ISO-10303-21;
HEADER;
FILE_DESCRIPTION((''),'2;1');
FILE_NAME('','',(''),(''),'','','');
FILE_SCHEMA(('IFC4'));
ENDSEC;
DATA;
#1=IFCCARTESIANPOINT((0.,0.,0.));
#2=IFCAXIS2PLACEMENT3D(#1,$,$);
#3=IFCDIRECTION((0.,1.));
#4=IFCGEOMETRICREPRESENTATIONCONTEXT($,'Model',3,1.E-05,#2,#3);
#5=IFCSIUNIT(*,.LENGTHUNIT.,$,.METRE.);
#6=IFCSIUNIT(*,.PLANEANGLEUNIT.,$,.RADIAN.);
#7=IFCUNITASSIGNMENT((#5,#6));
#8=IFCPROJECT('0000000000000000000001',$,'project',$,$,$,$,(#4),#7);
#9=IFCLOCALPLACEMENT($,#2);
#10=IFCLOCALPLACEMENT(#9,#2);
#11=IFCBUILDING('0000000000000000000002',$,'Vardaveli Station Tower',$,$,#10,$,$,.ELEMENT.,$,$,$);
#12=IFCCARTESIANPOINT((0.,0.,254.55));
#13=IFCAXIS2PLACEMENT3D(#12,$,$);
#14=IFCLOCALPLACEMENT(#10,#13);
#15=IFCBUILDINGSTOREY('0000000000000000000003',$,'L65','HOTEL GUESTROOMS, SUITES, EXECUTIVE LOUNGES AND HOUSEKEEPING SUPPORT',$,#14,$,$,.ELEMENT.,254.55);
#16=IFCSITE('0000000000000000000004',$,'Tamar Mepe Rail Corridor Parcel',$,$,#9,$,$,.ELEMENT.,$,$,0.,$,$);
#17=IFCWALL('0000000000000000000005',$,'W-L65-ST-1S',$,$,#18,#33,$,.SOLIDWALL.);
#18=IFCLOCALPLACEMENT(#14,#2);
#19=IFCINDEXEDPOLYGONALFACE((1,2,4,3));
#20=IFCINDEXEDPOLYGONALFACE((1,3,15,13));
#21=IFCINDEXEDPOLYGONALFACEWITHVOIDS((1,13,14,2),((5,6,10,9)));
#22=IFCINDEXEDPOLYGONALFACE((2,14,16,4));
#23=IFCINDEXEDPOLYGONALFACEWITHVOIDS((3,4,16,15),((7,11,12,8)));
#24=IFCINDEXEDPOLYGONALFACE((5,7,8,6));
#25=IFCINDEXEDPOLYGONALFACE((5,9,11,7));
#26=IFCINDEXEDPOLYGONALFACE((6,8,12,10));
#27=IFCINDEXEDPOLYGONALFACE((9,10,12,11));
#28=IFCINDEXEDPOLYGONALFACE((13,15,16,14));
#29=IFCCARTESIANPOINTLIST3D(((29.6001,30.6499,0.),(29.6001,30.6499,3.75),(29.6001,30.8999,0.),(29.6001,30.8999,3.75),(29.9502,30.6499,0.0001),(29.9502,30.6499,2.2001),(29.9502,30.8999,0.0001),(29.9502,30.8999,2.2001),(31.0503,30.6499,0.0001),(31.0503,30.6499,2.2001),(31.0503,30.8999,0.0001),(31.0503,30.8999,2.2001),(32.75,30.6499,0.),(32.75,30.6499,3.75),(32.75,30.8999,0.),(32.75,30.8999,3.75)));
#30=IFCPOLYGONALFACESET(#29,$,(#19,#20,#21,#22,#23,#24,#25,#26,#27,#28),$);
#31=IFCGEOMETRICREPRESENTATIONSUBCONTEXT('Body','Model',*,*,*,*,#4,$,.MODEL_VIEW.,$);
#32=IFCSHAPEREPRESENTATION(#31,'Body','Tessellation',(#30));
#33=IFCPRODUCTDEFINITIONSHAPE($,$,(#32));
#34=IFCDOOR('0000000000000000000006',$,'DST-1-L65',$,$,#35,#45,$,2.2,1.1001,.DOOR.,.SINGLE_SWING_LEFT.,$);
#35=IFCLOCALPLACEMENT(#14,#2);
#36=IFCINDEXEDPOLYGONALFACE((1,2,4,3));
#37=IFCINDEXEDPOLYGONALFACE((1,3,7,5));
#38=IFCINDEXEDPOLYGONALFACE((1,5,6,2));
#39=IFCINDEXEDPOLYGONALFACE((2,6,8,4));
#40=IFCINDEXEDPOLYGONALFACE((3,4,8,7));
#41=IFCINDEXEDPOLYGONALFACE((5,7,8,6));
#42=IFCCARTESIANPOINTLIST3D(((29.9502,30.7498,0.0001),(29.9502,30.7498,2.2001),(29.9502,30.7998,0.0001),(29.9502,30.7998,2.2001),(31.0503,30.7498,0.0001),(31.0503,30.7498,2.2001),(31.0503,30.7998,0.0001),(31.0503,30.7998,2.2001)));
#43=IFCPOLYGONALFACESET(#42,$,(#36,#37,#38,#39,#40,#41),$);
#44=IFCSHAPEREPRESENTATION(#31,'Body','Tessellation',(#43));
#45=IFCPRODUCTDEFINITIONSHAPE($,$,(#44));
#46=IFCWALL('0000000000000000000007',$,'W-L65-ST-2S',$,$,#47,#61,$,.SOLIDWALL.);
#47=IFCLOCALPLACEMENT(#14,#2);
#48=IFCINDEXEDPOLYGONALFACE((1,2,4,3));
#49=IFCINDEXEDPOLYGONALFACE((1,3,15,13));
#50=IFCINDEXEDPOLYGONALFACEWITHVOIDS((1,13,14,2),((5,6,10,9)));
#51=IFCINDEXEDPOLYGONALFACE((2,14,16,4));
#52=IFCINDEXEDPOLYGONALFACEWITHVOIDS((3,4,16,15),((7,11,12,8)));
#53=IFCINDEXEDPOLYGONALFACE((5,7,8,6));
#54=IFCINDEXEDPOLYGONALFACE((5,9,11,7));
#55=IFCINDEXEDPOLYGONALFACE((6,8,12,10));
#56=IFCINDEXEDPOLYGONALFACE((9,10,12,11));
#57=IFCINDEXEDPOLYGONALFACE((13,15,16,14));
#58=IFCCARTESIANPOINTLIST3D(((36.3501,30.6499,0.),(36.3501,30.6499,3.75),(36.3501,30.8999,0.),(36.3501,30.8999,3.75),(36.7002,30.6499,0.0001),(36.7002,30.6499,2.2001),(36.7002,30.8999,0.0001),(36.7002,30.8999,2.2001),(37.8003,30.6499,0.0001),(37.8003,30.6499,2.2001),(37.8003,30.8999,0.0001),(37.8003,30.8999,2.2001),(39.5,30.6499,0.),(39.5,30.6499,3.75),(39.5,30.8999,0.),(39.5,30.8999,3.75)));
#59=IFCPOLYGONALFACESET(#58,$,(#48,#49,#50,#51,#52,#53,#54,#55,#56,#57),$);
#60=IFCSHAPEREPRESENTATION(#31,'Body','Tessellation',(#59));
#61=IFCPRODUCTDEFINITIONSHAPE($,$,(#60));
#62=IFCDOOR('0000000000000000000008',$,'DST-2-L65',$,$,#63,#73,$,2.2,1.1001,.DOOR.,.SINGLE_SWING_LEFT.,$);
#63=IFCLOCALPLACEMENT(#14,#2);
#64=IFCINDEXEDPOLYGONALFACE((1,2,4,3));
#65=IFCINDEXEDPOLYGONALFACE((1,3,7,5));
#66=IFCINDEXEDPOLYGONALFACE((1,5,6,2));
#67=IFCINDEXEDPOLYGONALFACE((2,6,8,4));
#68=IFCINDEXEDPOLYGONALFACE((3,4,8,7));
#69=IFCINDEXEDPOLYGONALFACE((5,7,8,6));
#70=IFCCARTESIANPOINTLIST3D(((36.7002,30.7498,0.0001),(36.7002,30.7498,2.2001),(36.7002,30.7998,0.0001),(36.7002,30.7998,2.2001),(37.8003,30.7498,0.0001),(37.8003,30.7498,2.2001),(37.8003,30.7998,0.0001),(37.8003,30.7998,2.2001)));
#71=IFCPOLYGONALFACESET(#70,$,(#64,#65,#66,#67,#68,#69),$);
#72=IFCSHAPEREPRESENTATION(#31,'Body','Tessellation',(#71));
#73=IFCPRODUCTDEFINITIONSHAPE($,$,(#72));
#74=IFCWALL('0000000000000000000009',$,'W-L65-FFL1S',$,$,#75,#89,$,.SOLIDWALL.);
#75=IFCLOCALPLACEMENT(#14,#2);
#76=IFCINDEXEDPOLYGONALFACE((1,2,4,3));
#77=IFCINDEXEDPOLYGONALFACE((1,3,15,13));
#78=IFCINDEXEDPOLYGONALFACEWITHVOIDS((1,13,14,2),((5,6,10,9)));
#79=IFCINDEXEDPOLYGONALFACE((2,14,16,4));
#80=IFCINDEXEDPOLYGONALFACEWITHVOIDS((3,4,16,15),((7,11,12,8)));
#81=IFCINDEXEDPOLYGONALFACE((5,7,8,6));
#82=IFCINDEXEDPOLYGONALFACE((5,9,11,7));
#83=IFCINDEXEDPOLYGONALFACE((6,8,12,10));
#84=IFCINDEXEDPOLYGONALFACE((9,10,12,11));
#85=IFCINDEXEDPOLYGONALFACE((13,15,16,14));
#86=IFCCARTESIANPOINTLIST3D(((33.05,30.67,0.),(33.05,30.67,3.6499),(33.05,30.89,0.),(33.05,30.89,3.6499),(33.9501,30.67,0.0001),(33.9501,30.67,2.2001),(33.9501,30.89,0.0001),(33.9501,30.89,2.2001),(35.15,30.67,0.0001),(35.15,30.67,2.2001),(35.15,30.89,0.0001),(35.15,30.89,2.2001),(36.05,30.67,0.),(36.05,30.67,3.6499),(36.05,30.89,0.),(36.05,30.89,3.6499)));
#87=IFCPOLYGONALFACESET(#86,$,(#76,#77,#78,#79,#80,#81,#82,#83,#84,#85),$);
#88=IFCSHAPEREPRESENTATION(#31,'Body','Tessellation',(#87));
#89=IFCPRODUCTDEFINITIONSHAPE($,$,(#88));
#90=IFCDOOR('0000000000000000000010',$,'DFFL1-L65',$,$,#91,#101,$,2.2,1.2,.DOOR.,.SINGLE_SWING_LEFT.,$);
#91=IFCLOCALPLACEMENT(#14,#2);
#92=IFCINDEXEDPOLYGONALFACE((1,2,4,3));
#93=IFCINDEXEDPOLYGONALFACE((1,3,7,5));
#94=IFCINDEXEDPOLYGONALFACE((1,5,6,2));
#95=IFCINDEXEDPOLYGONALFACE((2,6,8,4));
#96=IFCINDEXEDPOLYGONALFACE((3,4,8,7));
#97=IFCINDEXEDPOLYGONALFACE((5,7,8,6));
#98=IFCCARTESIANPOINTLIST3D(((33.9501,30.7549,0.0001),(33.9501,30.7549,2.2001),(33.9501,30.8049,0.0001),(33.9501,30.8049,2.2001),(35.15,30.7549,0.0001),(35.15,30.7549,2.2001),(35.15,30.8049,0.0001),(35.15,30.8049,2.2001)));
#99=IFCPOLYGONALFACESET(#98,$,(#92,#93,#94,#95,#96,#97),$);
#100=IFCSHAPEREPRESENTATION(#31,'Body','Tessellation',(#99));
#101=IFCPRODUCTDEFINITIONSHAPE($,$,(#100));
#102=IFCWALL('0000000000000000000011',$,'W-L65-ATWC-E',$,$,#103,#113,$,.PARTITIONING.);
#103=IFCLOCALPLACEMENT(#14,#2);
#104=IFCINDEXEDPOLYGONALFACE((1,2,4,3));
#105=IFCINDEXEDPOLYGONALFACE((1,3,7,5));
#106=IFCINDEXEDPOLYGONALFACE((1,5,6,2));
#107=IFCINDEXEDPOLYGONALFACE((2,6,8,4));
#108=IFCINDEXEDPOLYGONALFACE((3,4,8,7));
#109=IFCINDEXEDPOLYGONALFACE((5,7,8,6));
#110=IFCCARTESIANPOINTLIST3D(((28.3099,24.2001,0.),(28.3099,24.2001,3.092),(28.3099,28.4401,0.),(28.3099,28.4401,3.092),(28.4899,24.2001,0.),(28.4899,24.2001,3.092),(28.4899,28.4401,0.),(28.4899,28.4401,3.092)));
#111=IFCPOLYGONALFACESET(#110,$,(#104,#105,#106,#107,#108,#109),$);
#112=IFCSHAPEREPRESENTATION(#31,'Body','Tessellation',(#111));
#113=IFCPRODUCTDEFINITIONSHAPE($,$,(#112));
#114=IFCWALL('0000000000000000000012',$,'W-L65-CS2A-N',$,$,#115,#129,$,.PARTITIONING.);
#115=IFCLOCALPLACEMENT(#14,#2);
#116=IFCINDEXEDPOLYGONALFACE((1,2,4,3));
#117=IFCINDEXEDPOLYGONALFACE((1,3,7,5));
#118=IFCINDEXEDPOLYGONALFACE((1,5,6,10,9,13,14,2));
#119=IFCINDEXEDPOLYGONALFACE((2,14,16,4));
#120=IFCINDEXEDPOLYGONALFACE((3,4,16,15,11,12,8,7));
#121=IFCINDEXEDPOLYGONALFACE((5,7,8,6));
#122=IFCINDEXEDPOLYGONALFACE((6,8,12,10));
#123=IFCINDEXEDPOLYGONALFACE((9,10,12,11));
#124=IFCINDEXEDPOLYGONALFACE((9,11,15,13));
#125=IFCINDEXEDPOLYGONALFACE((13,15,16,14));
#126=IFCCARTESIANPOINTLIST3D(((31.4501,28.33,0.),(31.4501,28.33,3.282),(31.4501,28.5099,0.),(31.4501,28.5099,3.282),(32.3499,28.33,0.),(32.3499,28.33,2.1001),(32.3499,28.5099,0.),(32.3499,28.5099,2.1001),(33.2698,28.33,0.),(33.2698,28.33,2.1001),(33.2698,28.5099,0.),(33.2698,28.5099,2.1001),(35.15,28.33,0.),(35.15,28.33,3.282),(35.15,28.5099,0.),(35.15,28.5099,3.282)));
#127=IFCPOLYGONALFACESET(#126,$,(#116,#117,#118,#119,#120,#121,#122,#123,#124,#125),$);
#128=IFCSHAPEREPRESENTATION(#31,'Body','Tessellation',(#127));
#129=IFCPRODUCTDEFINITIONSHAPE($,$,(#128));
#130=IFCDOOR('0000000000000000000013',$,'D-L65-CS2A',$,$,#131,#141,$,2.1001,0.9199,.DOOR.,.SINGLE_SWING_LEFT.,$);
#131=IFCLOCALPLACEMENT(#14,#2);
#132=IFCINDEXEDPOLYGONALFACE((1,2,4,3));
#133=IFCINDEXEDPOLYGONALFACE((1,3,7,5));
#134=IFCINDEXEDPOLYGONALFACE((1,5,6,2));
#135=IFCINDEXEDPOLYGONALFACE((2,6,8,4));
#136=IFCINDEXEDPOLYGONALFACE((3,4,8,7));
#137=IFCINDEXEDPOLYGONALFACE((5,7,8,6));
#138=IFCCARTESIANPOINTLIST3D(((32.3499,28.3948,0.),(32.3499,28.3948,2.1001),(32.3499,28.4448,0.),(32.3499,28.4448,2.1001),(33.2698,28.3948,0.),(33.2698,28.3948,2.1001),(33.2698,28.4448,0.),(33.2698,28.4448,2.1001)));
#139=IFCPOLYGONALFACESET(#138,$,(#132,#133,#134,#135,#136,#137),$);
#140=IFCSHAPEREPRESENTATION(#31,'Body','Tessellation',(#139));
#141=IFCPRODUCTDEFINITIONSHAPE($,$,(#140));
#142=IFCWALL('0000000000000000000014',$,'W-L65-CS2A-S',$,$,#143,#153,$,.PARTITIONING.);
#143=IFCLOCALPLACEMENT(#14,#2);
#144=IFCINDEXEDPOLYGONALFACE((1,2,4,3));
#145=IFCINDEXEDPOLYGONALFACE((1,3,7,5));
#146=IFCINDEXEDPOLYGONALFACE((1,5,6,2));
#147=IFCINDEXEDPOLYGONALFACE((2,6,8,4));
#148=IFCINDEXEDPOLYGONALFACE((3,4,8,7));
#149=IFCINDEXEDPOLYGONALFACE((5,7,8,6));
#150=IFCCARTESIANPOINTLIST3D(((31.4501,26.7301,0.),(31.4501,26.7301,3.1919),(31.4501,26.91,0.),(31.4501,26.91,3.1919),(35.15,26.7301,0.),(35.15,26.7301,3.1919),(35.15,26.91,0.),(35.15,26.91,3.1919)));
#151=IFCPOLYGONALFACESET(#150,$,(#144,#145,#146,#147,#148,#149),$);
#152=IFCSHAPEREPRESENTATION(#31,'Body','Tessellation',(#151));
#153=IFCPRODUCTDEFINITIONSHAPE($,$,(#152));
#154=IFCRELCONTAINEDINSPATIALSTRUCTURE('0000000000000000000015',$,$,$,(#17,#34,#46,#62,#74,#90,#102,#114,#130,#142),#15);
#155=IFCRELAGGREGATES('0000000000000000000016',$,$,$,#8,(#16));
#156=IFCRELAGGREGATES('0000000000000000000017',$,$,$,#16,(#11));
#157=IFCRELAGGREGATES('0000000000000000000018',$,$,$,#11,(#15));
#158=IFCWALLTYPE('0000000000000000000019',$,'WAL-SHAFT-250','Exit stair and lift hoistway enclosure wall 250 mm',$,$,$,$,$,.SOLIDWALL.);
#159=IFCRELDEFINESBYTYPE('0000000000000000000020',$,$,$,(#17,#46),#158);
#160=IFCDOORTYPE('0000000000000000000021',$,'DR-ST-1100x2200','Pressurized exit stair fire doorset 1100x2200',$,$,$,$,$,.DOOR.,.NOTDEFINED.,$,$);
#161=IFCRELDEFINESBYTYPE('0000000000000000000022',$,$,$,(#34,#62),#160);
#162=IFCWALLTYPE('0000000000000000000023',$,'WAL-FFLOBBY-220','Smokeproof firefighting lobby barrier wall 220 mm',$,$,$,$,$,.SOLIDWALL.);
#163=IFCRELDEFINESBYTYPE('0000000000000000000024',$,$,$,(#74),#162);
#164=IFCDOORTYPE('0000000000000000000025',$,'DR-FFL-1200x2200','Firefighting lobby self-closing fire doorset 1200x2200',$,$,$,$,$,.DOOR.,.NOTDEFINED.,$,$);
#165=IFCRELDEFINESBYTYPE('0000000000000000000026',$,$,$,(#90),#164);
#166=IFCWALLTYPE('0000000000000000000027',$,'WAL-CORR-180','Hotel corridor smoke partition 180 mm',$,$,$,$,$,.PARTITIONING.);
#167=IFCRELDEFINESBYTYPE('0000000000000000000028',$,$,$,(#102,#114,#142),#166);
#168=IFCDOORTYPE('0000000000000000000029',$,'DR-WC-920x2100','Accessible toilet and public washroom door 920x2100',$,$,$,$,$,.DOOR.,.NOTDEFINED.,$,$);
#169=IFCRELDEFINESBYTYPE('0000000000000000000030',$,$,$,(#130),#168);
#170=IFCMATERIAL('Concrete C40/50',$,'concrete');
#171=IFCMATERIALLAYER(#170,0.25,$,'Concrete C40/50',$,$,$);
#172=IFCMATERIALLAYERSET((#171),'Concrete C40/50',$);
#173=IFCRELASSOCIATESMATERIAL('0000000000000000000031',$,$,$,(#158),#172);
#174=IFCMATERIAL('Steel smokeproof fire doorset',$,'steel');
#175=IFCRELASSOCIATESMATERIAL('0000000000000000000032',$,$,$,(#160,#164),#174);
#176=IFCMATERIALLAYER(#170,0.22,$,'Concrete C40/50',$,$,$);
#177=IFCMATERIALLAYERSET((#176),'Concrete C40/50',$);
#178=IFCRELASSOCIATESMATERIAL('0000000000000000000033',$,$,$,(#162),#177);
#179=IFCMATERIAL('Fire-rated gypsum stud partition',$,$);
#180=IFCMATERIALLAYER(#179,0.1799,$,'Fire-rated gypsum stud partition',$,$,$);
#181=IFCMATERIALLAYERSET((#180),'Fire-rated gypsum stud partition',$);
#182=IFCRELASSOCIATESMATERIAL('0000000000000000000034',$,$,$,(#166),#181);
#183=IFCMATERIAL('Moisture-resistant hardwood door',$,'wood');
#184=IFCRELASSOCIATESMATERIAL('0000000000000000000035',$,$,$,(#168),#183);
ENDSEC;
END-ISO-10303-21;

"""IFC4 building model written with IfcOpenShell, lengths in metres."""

from ifc_helpers import new_model, si_unit, direction, frame, frame_2d, origin, place, context, subcontext, project, spatial, rectangle, extrude, source, transform, mapped, material, layer, layer_set, type_object, element, fill, save


model = new_model("IFC4")

# Units and contexts
model_context = context("Model", 3, precision=1e-05, world=origin(), true_north=direction((0.0, 1.0)))
body_context = subcontext(model_context, "Body", "Model", "MODEL_VIEW")
ifc_project = project(units=[si_unit("LENGTHUNIT", "METRE"), si_unit("PLANEANGLEUNIT", "RADIAN")], contexts=[model_context])

# Site, building, storey
site_placement = place(None, origin())
site = spatial("IfcSite", under=ifc_project, at=site_placement, Name="Tamar Mepe Rail Corridor Parcel", CompositionType="ELEMENT", RefElevation=0.0)
building_placement = place(site_placement, origin())
building = spatial("IfcBuilding", under=site, at=building_placement, Name="Vardaveli Station Tower", CompositionType="ELEMENT")
storey_placement = place(building_placement, frame((0.0, 0.0, 254.55)))
storey = spatial("IfcBuildingStorey", under=building, at=storey_placement, Name="L65", Description="HOTEL GUESTROOMS, SUITES, EXECUTIVE LOUNGES AND HOUSEKEEPING SUPPORT", CompositionType="ELEMENT", Elevation=254.55)

# Shared definitions
ifc_material_1 = material(Name="Concrete C40/50", Category="concrete")
ifc_layer_1 = layer(ifc_material_1, 0.25, Name="Concrete C40/50")
ifc_layer_set_1 = layer_set([ifc_layer_1], Name="Concrete C40/50")
wall_type_1 = type_object("IfcWallType", Name="WAL-SHAFT-250", Description="Exit stair and lift hoistway enclosure wall 250 mm", PredefinedType="SOLIDWALL", material=ifc_layer_set_1)

# Walls, openings, doors
shared_shape_1 = source(origin(), body_context, "Body", "SweptSolid", [
    extrude(rectangle(XDim=3.1499, YDim=0.25, at=frame_2d((1.575, 0.0))), origin(), (0.0, 0.0, 1.0), 3.75),
])
wall_1_placement = place(storey_placement, frame((29.6001, 30.7749, 0.0), z_axis=(0.0, 0.0, 1.0), x_axis=(1.0, 0.0, 0.0)))
wall_1 = element("IfcWall", 1, at=wall_1_placement, inside=storey, type_object=wall_type_1, Name="W-L65-ST-1S", PredefinedType="SOLIDWALL", context=body_context, shape_type="MappedRepresentation", body=[
    mapped(shared_shape_1, transform((0.0, 0.0, 0.0), scale=1.0)),
])
shared_shape_2 = source(origin(), body_context, "Body", "SweptSolid", [
    extrude(rectangle(XDim=1.1001, YDim=2.2, at=frame_2d((0.55, 1.1001))), frame((0.0, 0.135, 0.0), z_axis=(0.0, -1.0, 0.0), x_axis=(1.0, 0.0, 0.0)), (0.0, 0.0, 1.0), 0.27),
])
opening_1_placement = place(wall_1_placement, frame((0.3501, 0.0, 0.0)))
opening_1 = element("IfcOpeningElement", 2, at=opening_1_placement, cuts=wall_1, PredefinedType="OPENING", context=body_context, shape_type="MappedRepresentation", body=[
    mapped(shared_shape_2, transform((0.0, 0.0, 0.0), scale=1.0)),
])
ifc_material_2 = material(Name="Steel smokeproof fire doorset", Category="steel")
door_type_1 = type_object("IfcDoorType", Name="DR-ST-1100x2200", Description="Pressurized exit stair fire doorset 1100x2200", OperationType="NOTDEFINED", PredefinedType="DOOR", material=ifc_material_2)
shared_shape_3 = source(origin(), body_context, "Body", "SweptSolid", [
    extrude(rectangle(XDim=1.1001, YDim=2.2, at=frame_2d((0.55, 1.1001))), frame((0.0, 0.0249, 0.0), z_axis=(0.0, -1.0, 0.0), x_axis=(1.0, 0.0, 0.0)), (0.0, 0.0, 1.0), 0.05),
])
door_1_placement = place(opening_1_placement, origin())
door_1 = element("IfcDoor", 3, at=door_1_placement, inside=storey, type_object=door_type_1, Name="DST-1-L65", OperationType="SINGLE_SWING_LEFT", OverallHeight=2.2, OverallWidth=1.1001, PredefinedType="DOOR", context=body_context, shape_type="MappedRepresentation", body=[
    mapped(shared_shape_3, transform((0.0, 0.0, 0.0), scale=1.0)),
])
fill(opening_1, door_1)
wall_2_placement = place(storey_placement, frame((36.3501, 30.7749, 0.0), z_axis=(0.0, 0.0, 1.0), x_axis=(1.0, 0.0, 0.0)))
wall_2 = element("IfcWall", 4, at=wall_2_placement, inside=storey, type_object=wall_type_1, Name="W-L65-ST-2S", PredefinedType="SOLIDWALL", context=body_context, shape_type="MappedRepresentation", body=[
    mapped(shared_shape_1, transform((0.0, 0.0, 0.0), scale=1.0)),
])
opening_2_placement = place(wall_2_placement, frame((0.3501, 0.0, 0.0)))
opening_2 = element("IfcOpeningElement", 5, at=opening_2_placement, cuts=wall_2, PredefinedType="OPENING", context=body_context, shape_type="MappedRepresentation", body=[
    mapped(shared_shape_2, transform((0.0, 0.0, 0.0), scale=1.0)),
])
door_2_placement = place(opening_2_placement, origin())
door_2 = element("IfcDoor", 6, at=door_2_placement, inside=storey, type_object=door_type_1, Name="DST-2-L65", OperationType="SINGLE_SWING_LEFT", OverallHeight=2.2, OverallWidth=1.1001, PredefinedType="DOOR", context=body_context, shape_type="MappedRepresentation", body=[
    mapped(shared_shape_3, transform((0.0, 0.0, 0.0), scale=1.0)),
])
fill(opening_2, door_2)
ifc_layer_2 = layer(ifc_material_1, 0.22, Name="Concrete C40/50")
ifc_layer_set_2 = layer_set([ifc_layer_2], Name="Concrete C40/50")
wall_type_2 = type_object("IfcWallType", Name="WAL-FFLOBBY-220", Description="Smokeproof firefighting lobby barrier wall 220 mm", PredefinedType="SOLIDWALL", material=ifc_layer_set_2)
shared_shape_4 = source(origin(), body_context, "Body", "SweptSolid", [
    extrude(rectangle(XDim=3.0, YDim=0.22, at=frame_2d((1.5, 0.0))), origin(), (0.0, 0.0, 1.0), 3.6499),
])
wall_3_placement = place(storey_placement, frame((33.05, 30.78, 0.0), z_axis=(0.0, 0.0, 1.0), x_axis=(1.0, 0.0, 0.0)))
wall_3 = element("IfcWall", 7, at=wall_3_placement, inside=storey, type_object=wall_type_2, Name="W-L65-FFL1S", PredefinedType="SOLIDWALL", context=body_context, shape_type="MappedRepresentation", body=[
    mapped(shared_shape_4, transform((0.0, 0.0, 0.0), scale=1.0)),
])
shared_shape_5 = source(origin(), body_context, "Body", "SweptSolid", [
    extrude(rectangle(XDim=1.2, YDim=2.2, at=frame_2d((0.6001, 1.1001))), frame((0.0, 0.1201, 0.0), z_axis=(0.0, -1.0, 0.0), x_axis=(1.0, 0.0, 0.0)), (0.0, 0.0, 1.0), 0.24),
])
opening_3_placement = place(wall_3_placement, frame((0.8999, 0.0, 0.0)))
opening_3 = element("IfcOpeningElement", 8, at=opening_3_placement, cuts=wall_3, PredefinedType="OPENING", context=body_context, shape_type="MappedRepresentation", body=[
    mapped(shared_shape_5, transform((0.0, 0.0, 0.0), scale=1.0)),
])
door_type_2 = type_object("IfcDoorType", Name="DR-FFL-1200x2200", Description="Firefighting lobby self-closing fire doorset 1200x2200", OperationType="NOTDEFINED", PredefinedType="DOOR", material=ifc_material_2)
shared_shape_6 = source(origin(), body_context, "Body", "SweptSolid", [
    extrude(rectangle(XDim=1.2, YDim=2.2, at=frame_2d((0.6001, 1.1001))), frame((0.0, 0.0249, 0.0), z_axis=(0.0, -1.0, 0.0), x_axis=(1.0, 0.0, 0.0)), (0.0, 0.0, 1.0), 0.05),
])
door_3_placement = place(opening_3_placement, origin())
door_3 = element("IfcDoor", 9, at=door_3_placement, inside=storey, type_object=door_type_2, Name="DFFL1-L65", OperationType="SINGLE_SWING_LEFT", OverallHeight=2.2, OverallWidth=1.2, PredefinedType="DOOR", context=body_context, shape_type="MappedRepresentation", body=[
    mapped(shared_shape_6, transform((0.0, 0.0, 0.0), scale=1.0)),
])
fill(opening_3, door_3)

# Wall
ifc_material_3 = material(Name="Fire-rated gypsum stud partition")
ifc_layer_3 = layer(ifc_material_3, 0.1799, Name="Fire-rated gypsum stud partition")
ifc_layer_set_3 = layer_set([ifc_layer_3], Name="Fire-rated gypsum stud partition")
wall_type_3 = type_object("IfcWallType", Name="WAL-CORR-180", Description="Hotel corridor smoke partition 180 mm", PredefinedType="PARTITIONING", material=ifc_layer_set_3)
shared_shape_7 = source(origin(), body_context, "Body", "SweptSolid", [
    extrude(rectangle(XDim=4.24, YDim=0.1799, at=frame_2d((2.1201, 0.0))), origin(), (0.0, 0.0, 1.0), 3.092),
])
wall_4_placement = place(storey_placement, frame((28.3999, 24.2, 0.0), z_axis=(0.0, 0.0, 1.0), x_axis=(0.0, 1.0, 0.0)))
element("IfcWall", 10, at=wall_4_placement, inside=storey, type_object=wall_type_3, Name="W-L65-ATWC-E", PredefinedType="PARTITIONING", context=body_context, shape_type="MappedRepresentation", body=[
    mapped(shared_shape_7, transform((0.0, 0.0, 0.0), scale=1.0)),
])

# Wall, opening, door
shared_shape_8 = source(origin(), body_context, "Body", "SweptSolid", [
    extrude(rectangle(XDim=3.7, YDim=0.1799, at=frame_2d((1.8501, 0.0))), origin(), (0.0, 0.0, 1.0), 3.282),
])
wall_5_placement = place(storey_placement, frame((31.45, 28.4199, 0.0), z_axis=(0.0, 0.0, 1.0), x_axis=(1.0, 0.0, 0.0)))
wall_5 = element("IfcWall", 11, at=wall_5_placement, inside=storey, type_object=wall_type_3, Name="W-L65-CS2A-N", PredefinedType="PARTITIONING", context=body_context, shape_type="MappedRepresentation", body=[
    mapped(shared_shape_8, transform((0.0, 0.0, 0.0), scale=1.0)),
])
shared_shape_9 = source(origin(), body_context, "Body", "SweptSolid", [
    extrude(rectangle(XDim=0.9199, YDim=2.1001, at=frame_2d((0.46, 1.05))), frame((0.0, 0.1001, 0.0), z_axis=(0.0, -1.0, 0.0), x_axis=(1.0, 0.0, 0.0)), (0.0, 0.0, 1.0), 0.2),
])
opening_4_placement = place(wall_5_placement, frame((0.8999, 0.0, 0.0)))
opening_4 = element("IfcOpeningElement", 12, at=opening_4_placement, cuts=wall_5, PredefinedType="OPENING", context=body_context, shape_type="MappedRepresentation", body=[
    mapped(shared_shape_9, transform((0.0, 0.0, 0.0), scale=1.0)),
])
ifc_material_4 = material(Name="Moisture-resistant hardwood door", Category="wood")
door_type_3 = type_object("IfcDoorType", Name="DR-WC-920x2100", Description="Accessible toilet and public washroom door 920x2100", OperationType="NOTDEFINED", PredefinedType="DOOR", material=ifc_material_4)
shared_shape_10 = source(origin(), body_context, "Body", "SweptSolid", [
    extrude(rectangle(XDim=0.9199, YDim=2.1001, at=frame_2d((0.46, 1.05))), frame((0.0, 0.0249, 0.0), z_axis=(0.0, -1.0, 0.0), x_axis=(1.0, 0.0, 0.0)), (0.0, 0.0, 1.0), 0.05),
])
door_4_placement = place(opening_4_placement, origin())
door_4 = element("IfcDoor", 13, at=door_4_placement, inside=storey, type_object=door_type_3, Name="D-L65-CS2A", OperationType="SINGLE_SWING_LEFT", OverallHeight=2.1001, OverallWidth=0.9199, PredefinedType="DOOR", context=body_context, shape_type="MappedRepresentation", body=[
    mapped(shared_shape_10, transform((0.0, 0.0, 0.0), scale=1.0)),
])
fill(opening_4, door_4)

# Wall
shared_shape_11 = source(origin(), body_context, "Body", "SweptSolid", [
    extrude(rectangle(XDim=3.7, YDim=0.1799, at=frame_2d((1.8501, 0.0))), origin(), (0.0, 0.0, 1.0), 3.1919),
])
wall_6_placement = place(storey_placement, frame((31.45, 26.8201, 0.0), z_axis=(0.0, 0.0, 1.0), x_axis=(1.0, 0.0, 0.0)))
element("IfcWall", 14, at=wall_6_placement, inside=storey, type_object=wall_type_3, Name="W-L65-CS2A-S", PredefinedType="PARTITIONING", context=body_context, shape_type="MappedRepresentation", body=[
    mapped(shared_shape_11, transform((0.0, 0.0, 0.0), scale=1.0)),
])

save(model, "model.ifc")
